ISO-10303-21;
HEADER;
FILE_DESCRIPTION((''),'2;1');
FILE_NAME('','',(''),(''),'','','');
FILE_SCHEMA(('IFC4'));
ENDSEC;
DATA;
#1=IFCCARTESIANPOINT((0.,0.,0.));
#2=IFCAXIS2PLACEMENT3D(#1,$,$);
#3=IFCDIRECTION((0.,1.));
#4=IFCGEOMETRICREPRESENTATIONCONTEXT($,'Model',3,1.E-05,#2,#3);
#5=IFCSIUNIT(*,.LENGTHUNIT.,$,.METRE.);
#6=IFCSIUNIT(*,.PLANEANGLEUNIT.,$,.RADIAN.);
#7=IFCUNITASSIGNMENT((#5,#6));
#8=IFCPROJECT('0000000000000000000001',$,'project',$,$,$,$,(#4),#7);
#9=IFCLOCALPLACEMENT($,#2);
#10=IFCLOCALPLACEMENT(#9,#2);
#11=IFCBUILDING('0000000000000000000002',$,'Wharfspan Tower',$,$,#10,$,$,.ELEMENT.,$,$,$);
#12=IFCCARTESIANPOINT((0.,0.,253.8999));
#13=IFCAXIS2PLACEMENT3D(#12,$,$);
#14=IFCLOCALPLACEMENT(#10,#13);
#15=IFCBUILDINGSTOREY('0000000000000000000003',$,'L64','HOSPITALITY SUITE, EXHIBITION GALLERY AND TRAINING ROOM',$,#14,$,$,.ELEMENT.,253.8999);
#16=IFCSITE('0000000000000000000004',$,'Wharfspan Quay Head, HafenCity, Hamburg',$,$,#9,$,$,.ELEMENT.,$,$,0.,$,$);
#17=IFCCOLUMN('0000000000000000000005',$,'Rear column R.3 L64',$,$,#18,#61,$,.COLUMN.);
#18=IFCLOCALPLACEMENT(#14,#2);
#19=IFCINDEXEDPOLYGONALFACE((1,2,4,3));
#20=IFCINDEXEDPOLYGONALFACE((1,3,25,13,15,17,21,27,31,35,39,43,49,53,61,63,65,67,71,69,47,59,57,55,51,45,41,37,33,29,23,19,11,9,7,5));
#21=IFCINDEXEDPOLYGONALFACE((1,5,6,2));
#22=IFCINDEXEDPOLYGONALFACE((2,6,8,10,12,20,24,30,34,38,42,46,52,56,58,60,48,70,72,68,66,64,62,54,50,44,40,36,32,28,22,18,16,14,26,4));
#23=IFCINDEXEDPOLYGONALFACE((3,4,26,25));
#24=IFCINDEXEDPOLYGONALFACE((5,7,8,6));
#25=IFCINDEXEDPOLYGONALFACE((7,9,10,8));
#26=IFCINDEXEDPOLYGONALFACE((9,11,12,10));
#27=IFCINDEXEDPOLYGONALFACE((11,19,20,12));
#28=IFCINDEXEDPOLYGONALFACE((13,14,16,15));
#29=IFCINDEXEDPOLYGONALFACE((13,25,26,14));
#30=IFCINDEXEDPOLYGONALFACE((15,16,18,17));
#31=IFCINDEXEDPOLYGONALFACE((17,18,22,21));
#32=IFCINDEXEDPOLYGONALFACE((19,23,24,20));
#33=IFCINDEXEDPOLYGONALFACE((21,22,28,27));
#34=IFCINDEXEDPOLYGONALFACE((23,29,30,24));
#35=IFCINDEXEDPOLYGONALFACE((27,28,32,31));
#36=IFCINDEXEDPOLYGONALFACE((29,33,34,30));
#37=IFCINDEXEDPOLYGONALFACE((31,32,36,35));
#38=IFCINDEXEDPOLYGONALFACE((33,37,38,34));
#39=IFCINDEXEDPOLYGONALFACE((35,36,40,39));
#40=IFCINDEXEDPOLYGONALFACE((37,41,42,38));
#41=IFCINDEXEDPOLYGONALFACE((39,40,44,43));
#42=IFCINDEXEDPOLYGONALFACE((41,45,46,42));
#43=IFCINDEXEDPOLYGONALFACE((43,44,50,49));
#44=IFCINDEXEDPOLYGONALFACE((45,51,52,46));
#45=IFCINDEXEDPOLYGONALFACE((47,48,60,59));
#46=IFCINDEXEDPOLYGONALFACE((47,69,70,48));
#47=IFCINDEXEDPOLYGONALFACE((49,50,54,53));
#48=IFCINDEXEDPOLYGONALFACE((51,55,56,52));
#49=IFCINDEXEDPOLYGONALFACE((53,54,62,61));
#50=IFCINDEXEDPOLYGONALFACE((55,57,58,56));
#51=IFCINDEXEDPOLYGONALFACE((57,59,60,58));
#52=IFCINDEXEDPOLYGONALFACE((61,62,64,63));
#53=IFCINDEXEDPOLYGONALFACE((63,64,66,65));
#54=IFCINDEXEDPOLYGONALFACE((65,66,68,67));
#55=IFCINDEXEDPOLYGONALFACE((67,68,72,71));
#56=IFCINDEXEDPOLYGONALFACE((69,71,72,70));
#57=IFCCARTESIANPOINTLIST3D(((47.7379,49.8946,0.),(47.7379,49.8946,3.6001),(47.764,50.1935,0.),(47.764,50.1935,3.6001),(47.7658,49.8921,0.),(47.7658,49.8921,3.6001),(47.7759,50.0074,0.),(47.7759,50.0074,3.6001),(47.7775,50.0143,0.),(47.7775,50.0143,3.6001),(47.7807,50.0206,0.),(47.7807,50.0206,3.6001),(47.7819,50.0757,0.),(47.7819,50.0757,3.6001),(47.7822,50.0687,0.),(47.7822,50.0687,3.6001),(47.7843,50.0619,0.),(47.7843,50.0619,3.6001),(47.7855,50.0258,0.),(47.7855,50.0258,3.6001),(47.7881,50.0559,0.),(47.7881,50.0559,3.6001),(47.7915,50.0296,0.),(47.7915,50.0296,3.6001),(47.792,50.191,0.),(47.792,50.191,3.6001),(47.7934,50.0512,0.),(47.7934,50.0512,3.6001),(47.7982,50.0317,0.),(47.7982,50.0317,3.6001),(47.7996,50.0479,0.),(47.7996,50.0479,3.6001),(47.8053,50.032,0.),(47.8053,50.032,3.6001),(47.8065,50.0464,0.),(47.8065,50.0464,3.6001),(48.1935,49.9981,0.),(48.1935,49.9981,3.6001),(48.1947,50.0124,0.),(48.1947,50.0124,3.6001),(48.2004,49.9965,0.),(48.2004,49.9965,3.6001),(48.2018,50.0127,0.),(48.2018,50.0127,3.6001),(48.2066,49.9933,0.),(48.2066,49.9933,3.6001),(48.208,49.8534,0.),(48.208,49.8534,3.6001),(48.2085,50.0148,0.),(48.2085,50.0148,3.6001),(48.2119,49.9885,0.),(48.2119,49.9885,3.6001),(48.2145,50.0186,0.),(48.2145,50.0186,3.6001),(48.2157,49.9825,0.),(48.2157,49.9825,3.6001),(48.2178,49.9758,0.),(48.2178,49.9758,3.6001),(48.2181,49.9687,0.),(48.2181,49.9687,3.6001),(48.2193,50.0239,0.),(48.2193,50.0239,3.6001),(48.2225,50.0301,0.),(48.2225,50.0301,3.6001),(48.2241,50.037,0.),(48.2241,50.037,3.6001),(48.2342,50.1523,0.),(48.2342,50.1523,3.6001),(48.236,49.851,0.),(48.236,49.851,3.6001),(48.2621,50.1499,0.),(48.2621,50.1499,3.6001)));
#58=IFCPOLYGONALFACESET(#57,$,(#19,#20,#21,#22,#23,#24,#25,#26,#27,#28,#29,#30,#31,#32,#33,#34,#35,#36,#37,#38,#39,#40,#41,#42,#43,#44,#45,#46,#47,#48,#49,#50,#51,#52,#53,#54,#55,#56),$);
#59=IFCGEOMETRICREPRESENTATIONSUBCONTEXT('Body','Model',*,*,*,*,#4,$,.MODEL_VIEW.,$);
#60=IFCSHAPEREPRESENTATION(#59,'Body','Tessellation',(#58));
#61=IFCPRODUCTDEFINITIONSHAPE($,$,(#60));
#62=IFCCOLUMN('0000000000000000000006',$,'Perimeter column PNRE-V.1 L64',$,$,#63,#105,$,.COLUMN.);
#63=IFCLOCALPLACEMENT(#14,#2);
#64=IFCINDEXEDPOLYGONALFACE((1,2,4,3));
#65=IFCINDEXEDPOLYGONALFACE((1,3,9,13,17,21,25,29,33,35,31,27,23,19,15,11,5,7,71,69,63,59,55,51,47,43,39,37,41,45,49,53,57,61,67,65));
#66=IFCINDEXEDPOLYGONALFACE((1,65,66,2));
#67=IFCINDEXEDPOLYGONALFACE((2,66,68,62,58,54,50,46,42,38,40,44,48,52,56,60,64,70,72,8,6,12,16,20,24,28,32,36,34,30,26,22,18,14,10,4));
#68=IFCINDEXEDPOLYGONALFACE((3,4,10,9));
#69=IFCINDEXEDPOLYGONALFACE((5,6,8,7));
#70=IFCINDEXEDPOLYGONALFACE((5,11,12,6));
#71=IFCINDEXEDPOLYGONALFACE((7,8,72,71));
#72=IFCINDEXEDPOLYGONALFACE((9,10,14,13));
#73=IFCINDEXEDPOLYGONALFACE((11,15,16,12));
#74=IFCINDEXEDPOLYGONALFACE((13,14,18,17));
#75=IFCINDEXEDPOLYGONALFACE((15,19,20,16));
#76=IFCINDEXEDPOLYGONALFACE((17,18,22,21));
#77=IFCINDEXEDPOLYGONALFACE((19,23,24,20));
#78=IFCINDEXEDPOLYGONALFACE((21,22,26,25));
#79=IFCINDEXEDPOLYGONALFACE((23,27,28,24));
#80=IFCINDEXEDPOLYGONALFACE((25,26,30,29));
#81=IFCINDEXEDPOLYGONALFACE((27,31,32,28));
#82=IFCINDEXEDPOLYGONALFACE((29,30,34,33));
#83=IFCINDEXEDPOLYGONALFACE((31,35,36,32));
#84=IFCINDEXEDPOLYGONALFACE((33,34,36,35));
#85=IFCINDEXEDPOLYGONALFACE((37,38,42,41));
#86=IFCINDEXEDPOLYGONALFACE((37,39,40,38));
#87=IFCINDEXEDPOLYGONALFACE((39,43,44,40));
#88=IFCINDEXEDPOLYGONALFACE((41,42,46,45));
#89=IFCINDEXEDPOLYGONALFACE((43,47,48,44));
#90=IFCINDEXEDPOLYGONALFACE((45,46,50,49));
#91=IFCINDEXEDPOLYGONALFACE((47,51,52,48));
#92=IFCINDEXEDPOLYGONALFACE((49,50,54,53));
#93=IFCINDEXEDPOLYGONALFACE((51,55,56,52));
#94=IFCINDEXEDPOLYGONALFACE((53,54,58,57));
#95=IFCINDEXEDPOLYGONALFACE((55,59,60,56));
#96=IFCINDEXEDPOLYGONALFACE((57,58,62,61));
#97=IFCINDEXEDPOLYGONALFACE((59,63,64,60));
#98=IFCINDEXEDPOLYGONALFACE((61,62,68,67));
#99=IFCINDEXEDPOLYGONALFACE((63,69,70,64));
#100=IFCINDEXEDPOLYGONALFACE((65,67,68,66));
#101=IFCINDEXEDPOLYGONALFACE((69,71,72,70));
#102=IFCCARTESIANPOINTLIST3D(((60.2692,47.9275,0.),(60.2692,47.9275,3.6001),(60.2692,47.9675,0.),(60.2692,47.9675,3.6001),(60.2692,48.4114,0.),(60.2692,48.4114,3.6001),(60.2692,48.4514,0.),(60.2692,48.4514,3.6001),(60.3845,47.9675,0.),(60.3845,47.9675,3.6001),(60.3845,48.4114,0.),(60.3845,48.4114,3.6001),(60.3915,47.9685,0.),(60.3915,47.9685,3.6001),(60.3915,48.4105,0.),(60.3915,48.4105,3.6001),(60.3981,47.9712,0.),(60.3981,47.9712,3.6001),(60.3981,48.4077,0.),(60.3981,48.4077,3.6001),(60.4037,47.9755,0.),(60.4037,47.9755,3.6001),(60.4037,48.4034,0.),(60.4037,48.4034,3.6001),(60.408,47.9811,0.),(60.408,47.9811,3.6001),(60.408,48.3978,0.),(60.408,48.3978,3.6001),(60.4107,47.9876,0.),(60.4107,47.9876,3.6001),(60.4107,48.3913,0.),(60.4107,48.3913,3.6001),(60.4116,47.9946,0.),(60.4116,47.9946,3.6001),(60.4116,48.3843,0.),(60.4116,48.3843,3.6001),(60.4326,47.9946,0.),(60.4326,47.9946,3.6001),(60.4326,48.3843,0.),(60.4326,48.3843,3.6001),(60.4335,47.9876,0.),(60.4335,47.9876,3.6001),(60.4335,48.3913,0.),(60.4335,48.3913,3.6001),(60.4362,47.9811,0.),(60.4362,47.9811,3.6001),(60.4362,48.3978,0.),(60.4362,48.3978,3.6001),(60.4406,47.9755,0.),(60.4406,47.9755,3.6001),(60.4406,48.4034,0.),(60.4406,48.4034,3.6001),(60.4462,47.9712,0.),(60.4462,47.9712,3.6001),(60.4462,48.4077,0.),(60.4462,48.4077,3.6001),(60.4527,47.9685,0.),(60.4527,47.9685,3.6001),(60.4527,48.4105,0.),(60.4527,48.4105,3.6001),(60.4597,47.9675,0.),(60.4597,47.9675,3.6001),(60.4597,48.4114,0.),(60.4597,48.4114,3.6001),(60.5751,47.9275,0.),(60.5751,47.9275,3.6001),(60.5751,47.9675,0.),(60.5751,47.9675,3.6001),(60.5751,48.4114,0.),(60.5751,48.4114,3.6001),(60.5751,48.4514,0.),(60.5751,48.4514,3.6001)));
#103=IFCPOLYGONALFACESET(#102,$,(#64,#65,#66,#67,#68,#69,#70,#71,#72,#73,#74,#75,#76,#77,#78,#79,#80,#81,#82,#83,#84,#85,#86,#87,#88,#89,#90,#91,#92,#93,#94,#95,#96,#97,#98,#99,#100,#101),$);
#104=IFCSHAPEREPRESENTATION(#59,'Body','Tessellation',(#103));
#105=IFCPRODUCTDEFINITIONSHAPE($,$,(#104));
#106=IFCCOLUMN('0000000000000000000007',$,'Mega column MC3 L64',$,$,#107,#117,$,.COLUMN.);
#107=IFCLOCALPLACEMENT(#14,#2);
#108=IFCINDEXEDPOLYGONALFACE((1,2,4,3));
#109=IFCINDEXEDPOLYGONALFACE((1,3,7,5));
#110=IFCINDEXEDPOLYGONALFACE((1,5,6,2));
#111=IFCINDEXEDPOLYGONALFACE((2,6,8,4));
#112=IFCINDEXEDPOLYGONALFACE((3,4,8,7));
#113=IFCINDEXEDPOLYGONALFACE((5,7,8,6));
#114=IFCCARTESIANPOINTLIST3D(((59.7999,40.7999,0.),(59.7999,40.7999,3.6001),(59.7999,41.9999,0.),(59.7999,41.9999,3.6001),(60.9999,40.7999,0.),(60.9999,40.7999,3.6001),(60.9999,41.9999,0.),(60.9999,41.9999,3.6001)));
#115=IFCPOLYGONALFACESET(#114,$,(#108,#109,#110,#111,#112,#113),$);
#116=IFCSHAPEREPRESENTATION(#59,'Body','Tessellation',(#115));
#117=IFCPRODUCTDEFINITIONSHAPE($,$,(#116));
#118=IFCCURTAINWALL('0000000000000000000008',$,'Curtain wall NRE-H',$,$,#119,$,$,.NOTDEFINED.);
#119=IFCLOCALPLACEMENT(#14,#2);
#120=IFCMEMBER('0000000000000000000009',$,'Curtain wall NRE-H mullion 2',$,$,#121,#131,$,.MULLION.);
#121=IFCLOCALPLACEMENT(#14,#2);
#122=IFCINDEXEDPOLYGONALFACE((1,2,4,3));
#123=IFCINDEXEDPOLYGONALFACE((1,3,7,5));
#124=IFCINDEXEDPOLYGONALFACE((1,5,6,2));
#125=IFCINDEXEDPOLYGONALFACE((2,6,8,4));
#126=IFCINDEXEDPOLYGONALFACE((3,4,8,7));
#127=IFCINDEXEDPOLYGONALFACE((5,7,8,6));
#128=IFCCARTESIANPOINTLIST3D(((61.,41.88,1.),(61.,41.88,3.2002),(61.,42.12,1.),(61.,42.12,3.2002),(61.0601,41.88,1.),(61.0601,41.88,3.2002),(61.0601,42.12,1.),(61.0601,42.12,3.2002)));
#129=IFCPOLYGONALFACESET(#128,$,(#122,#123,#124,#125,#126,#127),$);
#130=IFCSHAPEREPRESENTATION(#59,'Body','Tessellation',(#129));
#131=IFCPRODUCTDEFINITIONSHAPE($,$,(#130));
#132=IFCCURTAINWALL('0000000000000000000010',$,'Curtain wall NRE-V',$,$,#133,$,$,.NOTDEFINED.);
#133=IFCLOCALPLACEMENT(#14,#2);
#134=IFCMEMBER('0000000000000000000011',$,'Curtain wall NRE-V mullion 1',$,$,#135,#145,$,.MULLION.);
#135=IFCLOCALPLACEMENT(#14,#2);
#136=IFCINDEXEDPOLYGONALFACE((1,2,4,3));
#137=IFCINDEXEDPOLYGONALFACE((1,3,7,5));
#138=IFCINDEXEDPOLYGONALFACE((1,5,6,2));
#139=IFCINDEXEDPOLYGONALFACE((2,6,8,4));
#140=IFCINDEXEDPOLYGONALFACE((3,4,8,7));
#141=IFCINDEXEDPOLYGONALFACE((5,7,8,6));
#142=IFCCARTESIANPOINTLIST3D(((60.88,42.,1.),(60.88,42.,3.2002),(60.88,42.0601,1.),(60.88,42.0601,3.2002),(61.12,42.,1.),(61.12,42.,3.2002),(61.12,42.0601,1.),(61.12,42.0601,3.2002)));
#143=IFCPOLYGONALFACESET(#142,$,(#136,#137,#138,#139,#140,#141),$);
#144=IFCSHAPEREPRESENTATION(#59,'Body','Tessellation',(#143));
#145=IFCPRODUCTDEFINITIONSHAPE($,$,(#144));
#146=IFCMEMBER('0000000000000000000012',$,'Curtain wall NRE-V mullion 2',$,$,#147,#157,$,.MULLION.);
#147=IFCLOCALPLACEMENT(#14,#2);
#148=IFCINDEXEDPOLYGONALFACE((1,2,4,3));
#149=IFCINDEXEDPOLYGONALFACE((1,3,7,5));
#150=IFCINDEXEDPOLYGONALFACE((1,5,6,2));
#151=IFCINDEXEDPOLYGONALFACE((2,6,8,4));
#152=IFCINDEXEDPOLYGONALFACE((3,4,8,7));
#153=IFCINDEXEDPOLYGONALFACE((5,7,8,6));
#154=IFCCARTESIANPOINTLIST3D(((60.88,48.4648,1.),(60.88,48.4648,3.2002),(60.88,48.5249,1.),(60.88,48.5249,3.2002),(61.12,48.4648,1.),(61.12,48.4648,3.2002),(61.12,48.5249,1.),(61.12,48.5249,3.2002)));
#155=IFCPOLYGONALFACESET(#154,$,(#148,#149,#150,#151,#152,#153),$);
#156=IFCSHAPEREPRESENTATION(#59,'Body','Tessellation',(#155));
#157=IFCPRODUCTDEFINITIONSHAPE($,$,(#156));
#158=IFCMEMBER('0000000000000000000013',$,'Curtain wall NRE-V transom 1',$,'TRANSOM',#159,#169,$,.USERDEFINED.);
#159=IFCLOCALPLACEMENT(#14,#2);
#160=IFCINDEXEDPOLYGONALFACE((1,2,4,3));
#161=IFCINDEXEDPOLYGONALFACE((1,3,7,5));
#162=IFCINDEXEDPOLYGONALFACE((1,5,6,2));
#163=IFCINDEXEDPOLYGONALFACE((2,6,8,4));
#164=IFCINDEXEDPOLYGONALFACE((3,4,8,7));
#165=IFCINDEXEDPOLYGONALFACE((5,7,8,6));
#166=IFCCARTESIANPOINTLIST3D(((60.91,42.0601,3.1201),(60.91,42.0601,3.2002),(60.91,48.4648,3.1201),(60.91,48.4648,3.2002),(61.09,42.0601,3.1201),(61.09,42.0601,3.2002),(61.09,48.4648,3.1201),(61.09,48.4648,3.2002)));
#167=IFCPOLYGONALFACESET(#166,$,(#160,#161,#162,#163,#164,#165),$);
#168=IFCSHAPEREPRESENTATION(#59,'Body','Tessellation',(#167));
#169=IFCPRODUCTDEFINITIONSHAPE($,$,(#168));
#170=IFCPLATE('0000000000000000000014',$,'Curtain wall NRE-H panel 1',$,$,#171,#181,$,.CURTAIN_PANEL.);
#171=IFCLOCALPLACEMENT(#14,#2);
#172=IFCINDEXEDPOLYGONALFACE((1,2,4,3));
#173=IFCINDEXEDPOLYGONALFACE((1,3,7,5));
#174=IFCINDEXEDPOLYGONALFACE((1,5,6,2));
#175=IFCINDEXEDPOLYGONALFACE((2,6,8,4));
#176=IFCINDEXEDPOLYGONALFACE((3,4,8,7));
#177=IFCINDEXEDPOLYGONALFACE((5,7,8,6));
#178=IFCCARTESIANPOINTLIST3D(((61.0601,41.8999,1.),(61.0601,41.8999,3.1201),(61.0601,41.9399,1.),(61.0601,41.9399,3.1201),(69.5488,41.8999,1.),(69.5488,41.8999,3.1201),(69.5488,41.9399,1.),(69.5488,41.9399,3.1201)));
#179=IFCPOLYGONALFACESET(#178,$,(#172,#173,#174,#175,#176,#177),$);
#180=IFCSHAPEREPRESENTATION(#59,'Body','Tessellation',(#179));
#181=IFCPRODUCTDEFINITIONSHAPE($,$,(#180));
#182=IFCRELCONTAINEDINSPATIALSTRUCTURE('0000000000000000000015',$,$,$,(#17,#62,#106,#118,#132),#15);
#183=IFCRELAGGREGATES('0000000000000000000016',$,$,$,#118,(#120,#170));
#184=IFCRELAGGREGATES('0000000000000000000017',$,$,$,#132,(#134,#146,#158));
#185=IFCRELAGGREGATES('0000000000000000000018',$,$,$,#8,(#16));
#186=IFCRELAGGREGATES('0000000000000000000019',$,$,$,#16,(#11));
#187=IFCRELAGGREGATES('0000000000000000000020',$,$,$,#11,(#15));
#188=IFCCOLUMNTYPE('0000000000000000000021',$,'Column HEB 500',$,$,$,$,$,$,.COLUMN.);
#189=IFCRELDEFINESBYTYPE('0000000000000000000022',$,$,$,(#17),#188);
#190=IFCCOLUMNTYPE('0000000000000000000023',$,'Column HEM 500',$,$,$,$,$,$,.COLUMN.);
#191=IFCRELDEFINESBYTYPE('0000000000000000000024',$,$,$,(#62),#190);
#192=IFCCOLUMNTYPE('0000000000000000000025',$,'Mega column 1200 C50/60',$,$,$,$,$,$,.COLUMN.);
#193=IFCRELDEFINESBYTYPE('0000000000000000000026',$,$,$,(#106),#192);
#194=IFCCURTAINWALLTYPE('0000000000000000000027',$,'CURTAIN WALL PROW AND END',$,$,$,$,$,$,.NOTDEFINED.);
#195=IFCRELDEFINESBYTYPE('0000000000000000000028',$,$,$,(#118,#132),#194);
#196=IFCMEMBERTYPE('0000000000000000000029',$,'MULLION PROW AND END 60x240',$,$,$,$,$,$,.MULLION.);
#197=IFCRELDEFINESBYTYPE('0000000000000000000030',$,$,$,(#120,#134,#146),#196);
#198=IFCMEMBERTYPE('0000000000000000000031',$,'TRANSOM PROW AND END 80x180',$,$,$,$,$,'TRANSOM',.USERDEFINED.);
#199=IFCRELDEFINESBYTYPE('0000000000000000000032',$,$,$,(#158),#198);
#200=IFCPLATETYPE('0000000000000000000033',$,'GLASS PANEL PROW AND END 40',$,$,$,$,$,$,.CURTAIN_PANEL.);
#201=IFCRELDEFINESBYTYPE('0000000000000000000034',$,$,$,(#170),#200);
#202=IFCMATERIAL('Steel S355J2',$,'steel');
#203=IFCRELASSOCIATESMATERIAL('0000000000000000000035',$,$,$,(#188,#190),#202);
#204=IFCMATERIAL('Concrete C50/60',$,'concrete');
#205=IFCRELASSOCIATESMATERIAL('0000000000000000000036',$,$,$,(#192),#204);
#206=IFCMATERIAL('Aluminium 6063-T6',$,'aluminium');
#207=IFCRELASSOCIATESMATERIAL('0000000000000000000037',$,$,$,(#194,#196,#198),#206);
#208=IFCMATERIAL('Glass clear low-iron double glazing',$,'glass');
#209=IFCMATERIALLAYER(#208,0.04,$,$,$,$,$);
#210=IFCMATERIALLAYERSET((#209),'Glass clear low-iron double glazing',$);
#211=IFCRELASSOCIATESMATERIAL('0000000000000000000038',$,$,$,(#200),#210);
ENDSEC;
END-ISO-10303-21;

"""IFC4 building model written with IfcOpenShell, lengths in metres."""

from ifc_helpers import new_model, si_unit, direction, frame, origin, origin_2d, place, context, subcontext, project, spatial, rectangle, i_section, extrude, material, layer, layer_set, material_profile, profile_set, type_object, element, aggregate, save


model = new_model("IFC4")

# Units and contexts
model_context = context("Model", 3, precision=1e-05, world=origin(), true_north=direction((0.0, 1.0)))
body_context = subcontext(model_context, "Body", "Model", "MODEL_VIEW")
ifc_project = project(units=[si_unit("LENGTHUNIT", "METRE"), si_unit("PLANEANGLEUNIT", "RADIAN")], contexts=[model_context])

# Site, building, storey
site_placement = place(None, origin())
site = spatial("IfcSite", under=ifc_project, at=site_placement, Name="Wharfspan Quay Head, HafenCity, Hamburg", CompositionType="ELEMENT", RefElevation=0.0)
building_placement = place(site_placement, origin())
building = spatial("IfcBuilding", under=site, at=building_placement, Name="Wharfspan Tower", CompositionType="ELEMENT")
storey_placement = place(building_placement, frame((0.0, 0.0, 253.8999)))
storey = spatial("IfcBuildingStorey", under=building, at=storey_placement, Name="L64", Description="HOSPITALITY SUITE, EXHIBITION GALLERY AND TRAINING ROOM", CompositionType="ELEMENT", Elevation=253.8999)

# Columns
ifc_material_1 = material(Name="Steel S355J2", Category="steel")
ifc_material_profile_1 = material_profile(ifc_material_1, i_section(OverallWidth=0.3, OverallDepth=0.5, WebThickness=0.0144, FlangeThickness=0.0281, FilletRadius=0.0271, at=origin_2d()))
ifc_profile_set_1 = profile_set([ifc_material_profile_1], Name="Steel S355J2")
column_type_1 = type_object("IfcColumnType", Name="Column HEB 500", PredefinedType="COLUMN", material=ifc_profile_set_1)
column_1_placement = place(storey_placement, frame((48.0, 50.0222, 0.0), z_axis=(0.0, 0.0, 1.0), x_axis=(0.087156, 0.996197, 0.0)))
element("IfcColumn", 1, at=column_1_placement, inside=storey, type_object=column_type_1, Name="Rear column R.3 L64", PredefinedType="COLUMN", context=body_context, shape_type="SweptSolid", body=[
    extrude(i_section(OverallWidth=0.3, OverallDepth=0.5, WebThickness=0.0144, FlangeThickness=0.0281, FilletRadius=0.0271, at=origin_2d()), origin(), (0.0, 0.0, 1.0), 3.6001),
])
ifc_material_profile_2 = material_profile(ifc_material_1, i_section(OverallWidth=0.3059, OverallDepth=0.5239, WebThickness=0.021, FlangeThickness=0.04, FilletRadius=0.0271, at=origin_2d()))
ifc_profile_set_2 = profile_set([ifc_material_profile_2], Name="Steel S355J2")
column_type_2 = type_object("IfcColumnType", Name="Column HEM 500", PredefinedType="COLUMN", material=ifc_profile_set_2)
column_2_placement = place(storey_placement, frame((60.4221, 48.1895, 0.0), z_axis=(0.0, 0.0, 1.0), x_axis=(1.0, 0.0, 0.0)))
element("IfcColumn", 2, at=column_2_placement, inside=storey, type_object=column_type_2, Name="Perimeter column PNRE-V.1 L64", PredefinedType="COLUMN", context=body_context, shape_type="SweptSolid", body=[
    extrude(i_section(OverallWidth=0.3059, OverallDepth=0.5239, WebThickness=0.021, FlangeThickness=0.04, FilletRadius=0.0271, at=origin_2d()), origin(), (0.0, 0.0, 1.0), 3.6001),
])
ifc_material_2 = material(Name="Concrete C50/60", Category="concrete")
ifc_material_profile_3 = material_profile(ifc_material_2, rectangle(XDim=1.2, YDim=1.2, at=origin_2d()))
ifc_profile_set_3 = profile_set([ifc_material_profile_3], Name="Concrete C50/60")
column_type_3 = type_object("IfcColumnType", Name="Mega column 1200 C50/60", PredefinedType="COLUMN", material=ifc_profile_set_3)
column_3_placement = place(storey_placement, frame((60.3999, 41.3999, 0.0), z_axis=(0.0, 0.0, 1.0), x_axis=(1.0, 0.0, 0.0)))
element("IfcColumn", 3, at=column_3_placement, inside=storey, type_object=column_type_3, Name="Mega column MC3 L64", PredefinedType="COLUMN", context=body_context, shape_type="SweptSolid", body=[
    extrude(rectangle(XDim=1.2, YDim=1.2, at=origin_2d()), origin(), (0.0, 0.0, 1.0), 3.6001),
])

# Curtain wall, member
ifc_material_3 = material(Name="Aluminium 6063-T6", Category="aluminium")
curtain_wall_type = type_object("IfcCurtainWallType", Name="CURTAIN WALL PROW AND END", PredefinedType="NOTDEFINED", material=ifc_material_3)
curtain_wall_1_placement = place(storey_placement, origin())
curtain_wall_1 = element("IfcCurtainWall", 4, at=curtain_wall_1_placement, inside=storey, type_object=curtain_wall_type, Name="Curtain wall NRE-H", PredefinedType="NOTDEFINED")
ifc_material_profile_4 = material_profile(ifc_material_3, rectangle(XDim=0.24, YDim=0.0601, at=origin_2d()))
ifc_profile_set_4 = profile_set([ifc_material_profile_4], Name="Aluminium 6063-T6")
member_type_1 = type_object("IfcMemberType", Name="MULLION PROW AND END 60x240", PredefinedType="MULLION", material=ifc_profile_set_4)
member_1_placement = place(storey_placement, frame((61.03, 42.0, 1.0), z_axis=(0.0, 0.0, 1.0), x_axis=(0.0, -1.0, 0.0)))
member_1 = element("IfcMember", 5, at=member_1_placement, type_object=member_type_1, Name="Curtain wall NRE-H mullion 2", PredefinedType="MULLION", context=body_context, shape_type="SweptSolid", body=[
    extrude(rectangle(XDim=0.24, YDim=0.0601, at=origin_2d()), origin(), (0.0, 0.0, 1.0), 2.2002),
])

# Curtain wall, members
curtain_wall_2_placement = place(storey_placement, origin())
curtain_wall_2 = element("IfcCurtainWall", 6, at=curtain_wall_2_placement, inside=storey, type_object=curtain_wall_type, Name="Curtain wall NRE-V", PredefinedType="NOTDEFINED")
member_2_placement = place(storey_placement, frame((61.0, 42.03, 1.0), z_axis=(0.0, 0.0, 1.0), x_axis=(-1.0, 0.0, 0.0)))
member_2 = element("IfcMember", 7, at=member_2_placement, type_object=member_type_1, Name="Curtain wall NRE-V mullion 1", PredefinedType="MULLION", context=body_context, shape_type="SweptSolid", body=[
    extrude(rectangle(XDim=0.24, YDim=0.0601, at=origin_2d()), origin(), (0.0, 0.0, 1.0), 2.2002),
])
member_3_placement = place(storey_placement, frame((61.0, 48.4949, 1.0), z_axis=(0.0, 0.0, 1.0), x_axis=(-1.0, 0.0, 0.0)))
member_3 = element("IfcMember", 8, at=member_3_placement, type_object=member_type_1, Name="Curtain wall NRE-V mullion 2", PredefinedType="MULLION", context=body_context, shape_type="SweptSolid", body=[
    extrude(rectangle(XDim=0.24, YDim=0.0601, at=origin_2d()), origin(), (0.0, 0.0, 1.0), 2.2002),
])
ifc_material_profile_5 = material_profile(ifc_material_3, rectangle(XDim=0.1799, YDim=0.0801, at=origin_2d()))
ifc_profile_set_5 = profile_set([ifc_material_profile_5], Name="Aluminium 6063-T6")
member_type_2 = type_object("IfcMemberType", Name="TRANSOM PROW AND END 80x180", ElementType="TRANSOM", PredefinedType="USERDEFINED", material=ifc_profile_set_5)
member_4_placement = place(storey_placement, frame((61.0, 42.0601, 3.1602), z_axis=(0.0, 1.0, 0.0), x_axis=(-1.0, 0.0, 0.0)))
member_4 = element("IfcMember", 9, at=member_4_placement, type_object=member_type_2, Name="Curtain wall NRE-V transom 1", ObjectType="TRANSOM", PredefinedType="USERDEFINED", context=body_context, shape_type="SweptSolid", body=[
    extrude(rectangle(XDim=0.1799, YDim=0.0801, at=origin_2d()), origin(), (0.0, 0.0, 1.0), 6.4048),
])

# Plate
ifc_material_4 = material(Name="Glass clear low-iron double glazing", Category="glass")
ifc_layer_1 = layer(ifc_material_4, 0.04)
ifc_layer_set_1 = layer_set([ifc_layer_1], Name="Glass clear low-iron double glazing")
plate_type = type_object("IfcPlateType", Name="GLASS PANEL PROW AND END 40", PredefinedType="CURTAIN_PANEL", material=ifc_layer_set_1)
plate_1_placement = place(storey_placement, frame((65.3044, 41.9199, 1.0), z_axis=(0.0, 0.0, 1.0), x_axis=(-1.0, 0.0, 0.0)))
plate_1 = element("IfcPlate", 10, at=plate_1_placement, type_object=plate_type, Name="Curtain wall NRE-H panel 1", PredefinedType="CURTAIN_PANEL", context=body_context, shape_type="SweptSolid", body=[
    extrude(rectangle(XDim=8.4888, YDim=0.04, at=origin_2d()), origin(), (0.0, 0.0, 1.0), 2.1201),
])
aggregate(curtain_wall_1, [member_1, plate_1])
aggregate(curtain_wall_2, [member_2, member_3, member_4])

save(model, "model.ifc")
